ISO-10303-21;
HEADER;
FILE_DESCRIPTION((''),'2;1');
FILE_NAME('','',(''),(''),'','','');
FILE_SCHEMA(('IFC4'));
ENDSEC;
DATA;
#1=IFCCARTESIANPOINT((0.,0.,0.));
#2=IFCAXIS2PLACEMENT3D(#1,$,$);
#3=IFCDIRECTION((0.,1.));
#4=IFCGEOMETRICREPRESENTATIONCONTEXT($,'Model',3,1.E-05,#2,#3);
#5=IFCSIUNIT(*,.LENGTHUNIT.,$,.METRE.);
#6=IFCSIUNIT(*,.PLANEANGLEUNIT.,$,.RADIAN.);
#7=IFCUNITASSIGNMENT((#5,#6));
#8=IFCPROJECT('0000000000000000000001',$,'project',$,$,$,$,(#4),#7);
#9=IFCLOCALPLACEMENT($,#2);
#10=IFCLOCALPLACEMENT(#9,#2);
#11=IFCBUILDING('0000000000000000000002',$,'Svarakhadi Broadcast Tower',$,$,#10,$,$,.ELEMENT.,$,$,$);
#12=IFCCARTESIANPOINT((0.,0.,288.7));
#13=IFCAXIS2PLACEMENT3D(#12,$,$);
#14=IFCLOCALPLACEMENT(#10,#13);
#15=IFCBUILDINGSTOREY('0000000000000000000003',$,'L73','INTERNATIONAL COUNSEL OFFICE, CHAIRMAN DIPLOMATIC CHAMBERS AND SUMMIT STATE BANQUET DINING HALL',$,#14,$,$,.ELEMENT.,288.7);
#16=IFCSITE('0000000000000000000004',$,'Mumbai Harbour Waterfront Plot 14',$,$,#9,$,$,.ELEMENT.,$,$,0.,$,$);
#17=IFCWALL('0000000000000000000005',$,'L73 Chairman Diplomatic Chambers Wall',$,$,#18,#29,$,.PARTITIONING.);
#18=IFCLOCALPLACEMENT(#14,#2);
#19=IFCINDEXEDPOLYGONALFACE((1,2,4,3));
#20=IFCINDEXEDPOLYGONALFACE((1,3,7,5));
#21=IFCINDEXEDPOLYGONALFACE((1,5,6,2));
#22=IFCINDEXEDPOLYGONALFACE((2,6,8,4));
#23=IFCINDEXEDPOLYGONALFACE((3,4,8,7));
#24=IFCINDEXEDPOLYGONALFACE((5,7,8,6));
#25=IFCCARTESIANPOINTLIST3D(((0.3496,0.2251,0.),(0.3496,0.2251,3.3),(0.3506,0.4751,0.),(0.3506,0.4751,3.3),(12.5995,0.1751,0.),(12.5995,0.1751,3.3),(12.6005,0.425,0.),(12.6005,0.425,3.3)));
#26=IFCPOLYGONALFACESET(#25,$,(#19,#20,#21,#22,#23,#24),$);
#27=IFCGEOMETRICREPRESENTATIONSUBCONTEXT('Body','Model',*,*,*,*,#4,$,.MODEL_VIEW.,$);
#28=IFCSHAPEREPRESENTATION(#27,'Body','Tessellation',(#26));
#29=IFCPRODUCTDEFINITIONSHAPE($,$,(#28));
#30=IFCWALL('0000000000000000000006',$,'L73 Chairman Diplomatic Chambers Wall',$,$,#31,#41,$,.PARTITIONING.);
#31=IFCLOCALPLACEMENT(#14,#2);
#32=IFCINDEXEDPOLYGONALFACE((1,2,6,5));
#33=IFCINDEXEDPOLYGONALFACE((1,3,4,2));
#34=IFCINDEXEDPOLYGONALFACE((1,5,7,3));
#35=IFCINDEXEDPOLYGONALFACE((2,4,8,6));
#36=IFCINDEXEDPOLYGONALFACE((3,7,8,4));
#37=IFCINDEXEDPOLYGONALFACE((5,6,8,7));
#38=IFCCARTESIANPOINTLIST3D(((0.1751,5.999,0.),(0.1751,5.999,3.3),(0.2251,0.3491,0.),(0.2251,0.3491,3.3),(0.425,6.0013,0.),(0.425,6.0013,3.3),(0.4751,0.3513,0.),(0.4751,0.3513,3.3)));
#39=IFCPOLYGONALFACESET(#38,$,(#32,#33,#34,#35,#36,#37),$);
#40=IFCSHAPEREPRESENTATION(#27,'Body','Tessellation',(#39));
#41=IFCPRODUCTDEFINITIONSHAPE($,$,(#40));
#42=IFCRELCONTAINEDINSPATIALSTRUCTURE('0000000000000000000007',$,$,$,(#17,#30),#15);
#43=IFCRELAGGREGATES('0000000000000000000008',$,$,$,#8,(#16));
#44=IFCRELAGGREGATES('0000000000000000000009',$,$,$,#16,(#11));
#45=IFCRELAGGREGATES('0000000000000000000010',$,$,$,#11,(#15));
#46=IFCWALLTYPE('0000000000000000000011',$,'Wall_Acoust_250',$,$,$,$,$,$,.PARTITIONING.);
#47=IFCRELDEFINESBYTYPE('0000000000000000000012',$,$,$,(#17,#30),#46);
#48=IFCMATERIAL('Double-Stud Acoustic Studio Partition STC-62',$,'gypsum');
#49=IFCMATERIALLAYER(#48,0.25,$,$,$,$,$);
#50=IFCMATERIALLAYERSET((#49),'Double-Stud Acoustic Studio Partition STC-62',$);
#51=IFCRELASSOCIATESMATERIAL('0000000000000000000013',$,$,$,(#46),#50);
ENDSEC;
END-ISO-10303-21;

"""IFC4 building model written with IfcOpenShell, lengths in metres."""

from ifc_helpers import new_model, si_unit, direction, frame, frame_2d, origin, place, context, subcontext, project, spatial, rectangle, extrude, material, layer, layer_set, type_object, element, save


model = new_model("IFC4")

# Units and contexts
model_context = context("Model", 3, precision=1e-05, world=origin(), true_north=direction((0.0, 1.0)))
body_context = subcontext(model_context, "Body", "Model", "MODEL_VIEW")
ifc_project = project(units=[si_unit("LENGTHUNIT", "METRE"), si_unit("PLANEANGLEUNIT", "RADIAN")], contexts=[model_context])

# Site, building, storey
site_placement = place(None, origin())
site = spatial("IfcSite", under=ifc_project, at=site_placement, Name="Mumbai Harbour Waterfront Plot 14", CompositionType="ELEMENT", RefElevation=0.0)
building_placement = place(site_placement, origin())
building = spatial("IfcBuilding", under=site, at=building_placement, Name="Svarakhadi Broadcast Tower", CompositionType="ELEMENT")
storey_placement = place(building_placement, frame((0.0, 0.0, 288.7)))
storey = spatial("IfcBuildingStorey", under=building, at=storey_placement, Name="L73", Description="INTERNATIONAL COUNSEL OFFICE, CHAIRMAN DIPLOMATIC CHAMBERS AND SUMMIT STATE BANQUET DINING HALL", CompositionType="ELEMENT", Elevation=288.7)

# Walls
ifc_material_1 = material(Name="Double-Stud Acoustic Studio Partition STC-62", Category="gypsum")
ifc_layer_1 = layer(ifc_material_1, 0.25)
ifc_layer_set_1 = layer_set([ifc_layer_1], Name="Double-Stud Acoustic Studio Partition STC-62")
wall_type = type_object("IfcWallType", Name="Wall_Acoust_250", PredefinedType="PARTITIONING", material=ifc_layer_set_1)
wall_1_placement = place(storey_placement, frame((0.3501, 0.3501, 0.0), z_axis=(0.0, 0.0, 1.0), x_axis=(0.999992, -0.004086, 0.0)))
element("IfcWall", 1, at=wall_1_placement, inside=storey, type_object=wall_type, Name="L73 Chairman Diplomatic Chambers Wall", PredefinedType="PARTITIONING", context=body_context, shape_type="SweptSolid", body=[
    extrude(rectangle(XDim=12.25, YDim=0.25, at=frame_2d((6.125, 0.0))), origin(), (0.0, 0.0, 1.0), 3.3),
])
wall_2_placement = place(storey_placement, frame((0.3501, 0.3501, 0.0), z_axis=(0.0, 0.0, 1.0), x_axis=(-0.008858, 0.999961, 0.0)))
element("IfcWall", 2, at=wall_2_placement, inside=storey, type_object=wall_type, Name="L73 Chairman Diplomatic Chambers Wall", PredefinedType="PARTITIONING", context=body_context, shape_type="SweptSolid", body=[
    extrude(rectangle(XDim=5.6501, YDim=0.25, at=frame_2d((2.8252, 0.0))), origin(), (0.0, 0.0, 1.0), 3.3),
])

save(model, "model.ifc")
